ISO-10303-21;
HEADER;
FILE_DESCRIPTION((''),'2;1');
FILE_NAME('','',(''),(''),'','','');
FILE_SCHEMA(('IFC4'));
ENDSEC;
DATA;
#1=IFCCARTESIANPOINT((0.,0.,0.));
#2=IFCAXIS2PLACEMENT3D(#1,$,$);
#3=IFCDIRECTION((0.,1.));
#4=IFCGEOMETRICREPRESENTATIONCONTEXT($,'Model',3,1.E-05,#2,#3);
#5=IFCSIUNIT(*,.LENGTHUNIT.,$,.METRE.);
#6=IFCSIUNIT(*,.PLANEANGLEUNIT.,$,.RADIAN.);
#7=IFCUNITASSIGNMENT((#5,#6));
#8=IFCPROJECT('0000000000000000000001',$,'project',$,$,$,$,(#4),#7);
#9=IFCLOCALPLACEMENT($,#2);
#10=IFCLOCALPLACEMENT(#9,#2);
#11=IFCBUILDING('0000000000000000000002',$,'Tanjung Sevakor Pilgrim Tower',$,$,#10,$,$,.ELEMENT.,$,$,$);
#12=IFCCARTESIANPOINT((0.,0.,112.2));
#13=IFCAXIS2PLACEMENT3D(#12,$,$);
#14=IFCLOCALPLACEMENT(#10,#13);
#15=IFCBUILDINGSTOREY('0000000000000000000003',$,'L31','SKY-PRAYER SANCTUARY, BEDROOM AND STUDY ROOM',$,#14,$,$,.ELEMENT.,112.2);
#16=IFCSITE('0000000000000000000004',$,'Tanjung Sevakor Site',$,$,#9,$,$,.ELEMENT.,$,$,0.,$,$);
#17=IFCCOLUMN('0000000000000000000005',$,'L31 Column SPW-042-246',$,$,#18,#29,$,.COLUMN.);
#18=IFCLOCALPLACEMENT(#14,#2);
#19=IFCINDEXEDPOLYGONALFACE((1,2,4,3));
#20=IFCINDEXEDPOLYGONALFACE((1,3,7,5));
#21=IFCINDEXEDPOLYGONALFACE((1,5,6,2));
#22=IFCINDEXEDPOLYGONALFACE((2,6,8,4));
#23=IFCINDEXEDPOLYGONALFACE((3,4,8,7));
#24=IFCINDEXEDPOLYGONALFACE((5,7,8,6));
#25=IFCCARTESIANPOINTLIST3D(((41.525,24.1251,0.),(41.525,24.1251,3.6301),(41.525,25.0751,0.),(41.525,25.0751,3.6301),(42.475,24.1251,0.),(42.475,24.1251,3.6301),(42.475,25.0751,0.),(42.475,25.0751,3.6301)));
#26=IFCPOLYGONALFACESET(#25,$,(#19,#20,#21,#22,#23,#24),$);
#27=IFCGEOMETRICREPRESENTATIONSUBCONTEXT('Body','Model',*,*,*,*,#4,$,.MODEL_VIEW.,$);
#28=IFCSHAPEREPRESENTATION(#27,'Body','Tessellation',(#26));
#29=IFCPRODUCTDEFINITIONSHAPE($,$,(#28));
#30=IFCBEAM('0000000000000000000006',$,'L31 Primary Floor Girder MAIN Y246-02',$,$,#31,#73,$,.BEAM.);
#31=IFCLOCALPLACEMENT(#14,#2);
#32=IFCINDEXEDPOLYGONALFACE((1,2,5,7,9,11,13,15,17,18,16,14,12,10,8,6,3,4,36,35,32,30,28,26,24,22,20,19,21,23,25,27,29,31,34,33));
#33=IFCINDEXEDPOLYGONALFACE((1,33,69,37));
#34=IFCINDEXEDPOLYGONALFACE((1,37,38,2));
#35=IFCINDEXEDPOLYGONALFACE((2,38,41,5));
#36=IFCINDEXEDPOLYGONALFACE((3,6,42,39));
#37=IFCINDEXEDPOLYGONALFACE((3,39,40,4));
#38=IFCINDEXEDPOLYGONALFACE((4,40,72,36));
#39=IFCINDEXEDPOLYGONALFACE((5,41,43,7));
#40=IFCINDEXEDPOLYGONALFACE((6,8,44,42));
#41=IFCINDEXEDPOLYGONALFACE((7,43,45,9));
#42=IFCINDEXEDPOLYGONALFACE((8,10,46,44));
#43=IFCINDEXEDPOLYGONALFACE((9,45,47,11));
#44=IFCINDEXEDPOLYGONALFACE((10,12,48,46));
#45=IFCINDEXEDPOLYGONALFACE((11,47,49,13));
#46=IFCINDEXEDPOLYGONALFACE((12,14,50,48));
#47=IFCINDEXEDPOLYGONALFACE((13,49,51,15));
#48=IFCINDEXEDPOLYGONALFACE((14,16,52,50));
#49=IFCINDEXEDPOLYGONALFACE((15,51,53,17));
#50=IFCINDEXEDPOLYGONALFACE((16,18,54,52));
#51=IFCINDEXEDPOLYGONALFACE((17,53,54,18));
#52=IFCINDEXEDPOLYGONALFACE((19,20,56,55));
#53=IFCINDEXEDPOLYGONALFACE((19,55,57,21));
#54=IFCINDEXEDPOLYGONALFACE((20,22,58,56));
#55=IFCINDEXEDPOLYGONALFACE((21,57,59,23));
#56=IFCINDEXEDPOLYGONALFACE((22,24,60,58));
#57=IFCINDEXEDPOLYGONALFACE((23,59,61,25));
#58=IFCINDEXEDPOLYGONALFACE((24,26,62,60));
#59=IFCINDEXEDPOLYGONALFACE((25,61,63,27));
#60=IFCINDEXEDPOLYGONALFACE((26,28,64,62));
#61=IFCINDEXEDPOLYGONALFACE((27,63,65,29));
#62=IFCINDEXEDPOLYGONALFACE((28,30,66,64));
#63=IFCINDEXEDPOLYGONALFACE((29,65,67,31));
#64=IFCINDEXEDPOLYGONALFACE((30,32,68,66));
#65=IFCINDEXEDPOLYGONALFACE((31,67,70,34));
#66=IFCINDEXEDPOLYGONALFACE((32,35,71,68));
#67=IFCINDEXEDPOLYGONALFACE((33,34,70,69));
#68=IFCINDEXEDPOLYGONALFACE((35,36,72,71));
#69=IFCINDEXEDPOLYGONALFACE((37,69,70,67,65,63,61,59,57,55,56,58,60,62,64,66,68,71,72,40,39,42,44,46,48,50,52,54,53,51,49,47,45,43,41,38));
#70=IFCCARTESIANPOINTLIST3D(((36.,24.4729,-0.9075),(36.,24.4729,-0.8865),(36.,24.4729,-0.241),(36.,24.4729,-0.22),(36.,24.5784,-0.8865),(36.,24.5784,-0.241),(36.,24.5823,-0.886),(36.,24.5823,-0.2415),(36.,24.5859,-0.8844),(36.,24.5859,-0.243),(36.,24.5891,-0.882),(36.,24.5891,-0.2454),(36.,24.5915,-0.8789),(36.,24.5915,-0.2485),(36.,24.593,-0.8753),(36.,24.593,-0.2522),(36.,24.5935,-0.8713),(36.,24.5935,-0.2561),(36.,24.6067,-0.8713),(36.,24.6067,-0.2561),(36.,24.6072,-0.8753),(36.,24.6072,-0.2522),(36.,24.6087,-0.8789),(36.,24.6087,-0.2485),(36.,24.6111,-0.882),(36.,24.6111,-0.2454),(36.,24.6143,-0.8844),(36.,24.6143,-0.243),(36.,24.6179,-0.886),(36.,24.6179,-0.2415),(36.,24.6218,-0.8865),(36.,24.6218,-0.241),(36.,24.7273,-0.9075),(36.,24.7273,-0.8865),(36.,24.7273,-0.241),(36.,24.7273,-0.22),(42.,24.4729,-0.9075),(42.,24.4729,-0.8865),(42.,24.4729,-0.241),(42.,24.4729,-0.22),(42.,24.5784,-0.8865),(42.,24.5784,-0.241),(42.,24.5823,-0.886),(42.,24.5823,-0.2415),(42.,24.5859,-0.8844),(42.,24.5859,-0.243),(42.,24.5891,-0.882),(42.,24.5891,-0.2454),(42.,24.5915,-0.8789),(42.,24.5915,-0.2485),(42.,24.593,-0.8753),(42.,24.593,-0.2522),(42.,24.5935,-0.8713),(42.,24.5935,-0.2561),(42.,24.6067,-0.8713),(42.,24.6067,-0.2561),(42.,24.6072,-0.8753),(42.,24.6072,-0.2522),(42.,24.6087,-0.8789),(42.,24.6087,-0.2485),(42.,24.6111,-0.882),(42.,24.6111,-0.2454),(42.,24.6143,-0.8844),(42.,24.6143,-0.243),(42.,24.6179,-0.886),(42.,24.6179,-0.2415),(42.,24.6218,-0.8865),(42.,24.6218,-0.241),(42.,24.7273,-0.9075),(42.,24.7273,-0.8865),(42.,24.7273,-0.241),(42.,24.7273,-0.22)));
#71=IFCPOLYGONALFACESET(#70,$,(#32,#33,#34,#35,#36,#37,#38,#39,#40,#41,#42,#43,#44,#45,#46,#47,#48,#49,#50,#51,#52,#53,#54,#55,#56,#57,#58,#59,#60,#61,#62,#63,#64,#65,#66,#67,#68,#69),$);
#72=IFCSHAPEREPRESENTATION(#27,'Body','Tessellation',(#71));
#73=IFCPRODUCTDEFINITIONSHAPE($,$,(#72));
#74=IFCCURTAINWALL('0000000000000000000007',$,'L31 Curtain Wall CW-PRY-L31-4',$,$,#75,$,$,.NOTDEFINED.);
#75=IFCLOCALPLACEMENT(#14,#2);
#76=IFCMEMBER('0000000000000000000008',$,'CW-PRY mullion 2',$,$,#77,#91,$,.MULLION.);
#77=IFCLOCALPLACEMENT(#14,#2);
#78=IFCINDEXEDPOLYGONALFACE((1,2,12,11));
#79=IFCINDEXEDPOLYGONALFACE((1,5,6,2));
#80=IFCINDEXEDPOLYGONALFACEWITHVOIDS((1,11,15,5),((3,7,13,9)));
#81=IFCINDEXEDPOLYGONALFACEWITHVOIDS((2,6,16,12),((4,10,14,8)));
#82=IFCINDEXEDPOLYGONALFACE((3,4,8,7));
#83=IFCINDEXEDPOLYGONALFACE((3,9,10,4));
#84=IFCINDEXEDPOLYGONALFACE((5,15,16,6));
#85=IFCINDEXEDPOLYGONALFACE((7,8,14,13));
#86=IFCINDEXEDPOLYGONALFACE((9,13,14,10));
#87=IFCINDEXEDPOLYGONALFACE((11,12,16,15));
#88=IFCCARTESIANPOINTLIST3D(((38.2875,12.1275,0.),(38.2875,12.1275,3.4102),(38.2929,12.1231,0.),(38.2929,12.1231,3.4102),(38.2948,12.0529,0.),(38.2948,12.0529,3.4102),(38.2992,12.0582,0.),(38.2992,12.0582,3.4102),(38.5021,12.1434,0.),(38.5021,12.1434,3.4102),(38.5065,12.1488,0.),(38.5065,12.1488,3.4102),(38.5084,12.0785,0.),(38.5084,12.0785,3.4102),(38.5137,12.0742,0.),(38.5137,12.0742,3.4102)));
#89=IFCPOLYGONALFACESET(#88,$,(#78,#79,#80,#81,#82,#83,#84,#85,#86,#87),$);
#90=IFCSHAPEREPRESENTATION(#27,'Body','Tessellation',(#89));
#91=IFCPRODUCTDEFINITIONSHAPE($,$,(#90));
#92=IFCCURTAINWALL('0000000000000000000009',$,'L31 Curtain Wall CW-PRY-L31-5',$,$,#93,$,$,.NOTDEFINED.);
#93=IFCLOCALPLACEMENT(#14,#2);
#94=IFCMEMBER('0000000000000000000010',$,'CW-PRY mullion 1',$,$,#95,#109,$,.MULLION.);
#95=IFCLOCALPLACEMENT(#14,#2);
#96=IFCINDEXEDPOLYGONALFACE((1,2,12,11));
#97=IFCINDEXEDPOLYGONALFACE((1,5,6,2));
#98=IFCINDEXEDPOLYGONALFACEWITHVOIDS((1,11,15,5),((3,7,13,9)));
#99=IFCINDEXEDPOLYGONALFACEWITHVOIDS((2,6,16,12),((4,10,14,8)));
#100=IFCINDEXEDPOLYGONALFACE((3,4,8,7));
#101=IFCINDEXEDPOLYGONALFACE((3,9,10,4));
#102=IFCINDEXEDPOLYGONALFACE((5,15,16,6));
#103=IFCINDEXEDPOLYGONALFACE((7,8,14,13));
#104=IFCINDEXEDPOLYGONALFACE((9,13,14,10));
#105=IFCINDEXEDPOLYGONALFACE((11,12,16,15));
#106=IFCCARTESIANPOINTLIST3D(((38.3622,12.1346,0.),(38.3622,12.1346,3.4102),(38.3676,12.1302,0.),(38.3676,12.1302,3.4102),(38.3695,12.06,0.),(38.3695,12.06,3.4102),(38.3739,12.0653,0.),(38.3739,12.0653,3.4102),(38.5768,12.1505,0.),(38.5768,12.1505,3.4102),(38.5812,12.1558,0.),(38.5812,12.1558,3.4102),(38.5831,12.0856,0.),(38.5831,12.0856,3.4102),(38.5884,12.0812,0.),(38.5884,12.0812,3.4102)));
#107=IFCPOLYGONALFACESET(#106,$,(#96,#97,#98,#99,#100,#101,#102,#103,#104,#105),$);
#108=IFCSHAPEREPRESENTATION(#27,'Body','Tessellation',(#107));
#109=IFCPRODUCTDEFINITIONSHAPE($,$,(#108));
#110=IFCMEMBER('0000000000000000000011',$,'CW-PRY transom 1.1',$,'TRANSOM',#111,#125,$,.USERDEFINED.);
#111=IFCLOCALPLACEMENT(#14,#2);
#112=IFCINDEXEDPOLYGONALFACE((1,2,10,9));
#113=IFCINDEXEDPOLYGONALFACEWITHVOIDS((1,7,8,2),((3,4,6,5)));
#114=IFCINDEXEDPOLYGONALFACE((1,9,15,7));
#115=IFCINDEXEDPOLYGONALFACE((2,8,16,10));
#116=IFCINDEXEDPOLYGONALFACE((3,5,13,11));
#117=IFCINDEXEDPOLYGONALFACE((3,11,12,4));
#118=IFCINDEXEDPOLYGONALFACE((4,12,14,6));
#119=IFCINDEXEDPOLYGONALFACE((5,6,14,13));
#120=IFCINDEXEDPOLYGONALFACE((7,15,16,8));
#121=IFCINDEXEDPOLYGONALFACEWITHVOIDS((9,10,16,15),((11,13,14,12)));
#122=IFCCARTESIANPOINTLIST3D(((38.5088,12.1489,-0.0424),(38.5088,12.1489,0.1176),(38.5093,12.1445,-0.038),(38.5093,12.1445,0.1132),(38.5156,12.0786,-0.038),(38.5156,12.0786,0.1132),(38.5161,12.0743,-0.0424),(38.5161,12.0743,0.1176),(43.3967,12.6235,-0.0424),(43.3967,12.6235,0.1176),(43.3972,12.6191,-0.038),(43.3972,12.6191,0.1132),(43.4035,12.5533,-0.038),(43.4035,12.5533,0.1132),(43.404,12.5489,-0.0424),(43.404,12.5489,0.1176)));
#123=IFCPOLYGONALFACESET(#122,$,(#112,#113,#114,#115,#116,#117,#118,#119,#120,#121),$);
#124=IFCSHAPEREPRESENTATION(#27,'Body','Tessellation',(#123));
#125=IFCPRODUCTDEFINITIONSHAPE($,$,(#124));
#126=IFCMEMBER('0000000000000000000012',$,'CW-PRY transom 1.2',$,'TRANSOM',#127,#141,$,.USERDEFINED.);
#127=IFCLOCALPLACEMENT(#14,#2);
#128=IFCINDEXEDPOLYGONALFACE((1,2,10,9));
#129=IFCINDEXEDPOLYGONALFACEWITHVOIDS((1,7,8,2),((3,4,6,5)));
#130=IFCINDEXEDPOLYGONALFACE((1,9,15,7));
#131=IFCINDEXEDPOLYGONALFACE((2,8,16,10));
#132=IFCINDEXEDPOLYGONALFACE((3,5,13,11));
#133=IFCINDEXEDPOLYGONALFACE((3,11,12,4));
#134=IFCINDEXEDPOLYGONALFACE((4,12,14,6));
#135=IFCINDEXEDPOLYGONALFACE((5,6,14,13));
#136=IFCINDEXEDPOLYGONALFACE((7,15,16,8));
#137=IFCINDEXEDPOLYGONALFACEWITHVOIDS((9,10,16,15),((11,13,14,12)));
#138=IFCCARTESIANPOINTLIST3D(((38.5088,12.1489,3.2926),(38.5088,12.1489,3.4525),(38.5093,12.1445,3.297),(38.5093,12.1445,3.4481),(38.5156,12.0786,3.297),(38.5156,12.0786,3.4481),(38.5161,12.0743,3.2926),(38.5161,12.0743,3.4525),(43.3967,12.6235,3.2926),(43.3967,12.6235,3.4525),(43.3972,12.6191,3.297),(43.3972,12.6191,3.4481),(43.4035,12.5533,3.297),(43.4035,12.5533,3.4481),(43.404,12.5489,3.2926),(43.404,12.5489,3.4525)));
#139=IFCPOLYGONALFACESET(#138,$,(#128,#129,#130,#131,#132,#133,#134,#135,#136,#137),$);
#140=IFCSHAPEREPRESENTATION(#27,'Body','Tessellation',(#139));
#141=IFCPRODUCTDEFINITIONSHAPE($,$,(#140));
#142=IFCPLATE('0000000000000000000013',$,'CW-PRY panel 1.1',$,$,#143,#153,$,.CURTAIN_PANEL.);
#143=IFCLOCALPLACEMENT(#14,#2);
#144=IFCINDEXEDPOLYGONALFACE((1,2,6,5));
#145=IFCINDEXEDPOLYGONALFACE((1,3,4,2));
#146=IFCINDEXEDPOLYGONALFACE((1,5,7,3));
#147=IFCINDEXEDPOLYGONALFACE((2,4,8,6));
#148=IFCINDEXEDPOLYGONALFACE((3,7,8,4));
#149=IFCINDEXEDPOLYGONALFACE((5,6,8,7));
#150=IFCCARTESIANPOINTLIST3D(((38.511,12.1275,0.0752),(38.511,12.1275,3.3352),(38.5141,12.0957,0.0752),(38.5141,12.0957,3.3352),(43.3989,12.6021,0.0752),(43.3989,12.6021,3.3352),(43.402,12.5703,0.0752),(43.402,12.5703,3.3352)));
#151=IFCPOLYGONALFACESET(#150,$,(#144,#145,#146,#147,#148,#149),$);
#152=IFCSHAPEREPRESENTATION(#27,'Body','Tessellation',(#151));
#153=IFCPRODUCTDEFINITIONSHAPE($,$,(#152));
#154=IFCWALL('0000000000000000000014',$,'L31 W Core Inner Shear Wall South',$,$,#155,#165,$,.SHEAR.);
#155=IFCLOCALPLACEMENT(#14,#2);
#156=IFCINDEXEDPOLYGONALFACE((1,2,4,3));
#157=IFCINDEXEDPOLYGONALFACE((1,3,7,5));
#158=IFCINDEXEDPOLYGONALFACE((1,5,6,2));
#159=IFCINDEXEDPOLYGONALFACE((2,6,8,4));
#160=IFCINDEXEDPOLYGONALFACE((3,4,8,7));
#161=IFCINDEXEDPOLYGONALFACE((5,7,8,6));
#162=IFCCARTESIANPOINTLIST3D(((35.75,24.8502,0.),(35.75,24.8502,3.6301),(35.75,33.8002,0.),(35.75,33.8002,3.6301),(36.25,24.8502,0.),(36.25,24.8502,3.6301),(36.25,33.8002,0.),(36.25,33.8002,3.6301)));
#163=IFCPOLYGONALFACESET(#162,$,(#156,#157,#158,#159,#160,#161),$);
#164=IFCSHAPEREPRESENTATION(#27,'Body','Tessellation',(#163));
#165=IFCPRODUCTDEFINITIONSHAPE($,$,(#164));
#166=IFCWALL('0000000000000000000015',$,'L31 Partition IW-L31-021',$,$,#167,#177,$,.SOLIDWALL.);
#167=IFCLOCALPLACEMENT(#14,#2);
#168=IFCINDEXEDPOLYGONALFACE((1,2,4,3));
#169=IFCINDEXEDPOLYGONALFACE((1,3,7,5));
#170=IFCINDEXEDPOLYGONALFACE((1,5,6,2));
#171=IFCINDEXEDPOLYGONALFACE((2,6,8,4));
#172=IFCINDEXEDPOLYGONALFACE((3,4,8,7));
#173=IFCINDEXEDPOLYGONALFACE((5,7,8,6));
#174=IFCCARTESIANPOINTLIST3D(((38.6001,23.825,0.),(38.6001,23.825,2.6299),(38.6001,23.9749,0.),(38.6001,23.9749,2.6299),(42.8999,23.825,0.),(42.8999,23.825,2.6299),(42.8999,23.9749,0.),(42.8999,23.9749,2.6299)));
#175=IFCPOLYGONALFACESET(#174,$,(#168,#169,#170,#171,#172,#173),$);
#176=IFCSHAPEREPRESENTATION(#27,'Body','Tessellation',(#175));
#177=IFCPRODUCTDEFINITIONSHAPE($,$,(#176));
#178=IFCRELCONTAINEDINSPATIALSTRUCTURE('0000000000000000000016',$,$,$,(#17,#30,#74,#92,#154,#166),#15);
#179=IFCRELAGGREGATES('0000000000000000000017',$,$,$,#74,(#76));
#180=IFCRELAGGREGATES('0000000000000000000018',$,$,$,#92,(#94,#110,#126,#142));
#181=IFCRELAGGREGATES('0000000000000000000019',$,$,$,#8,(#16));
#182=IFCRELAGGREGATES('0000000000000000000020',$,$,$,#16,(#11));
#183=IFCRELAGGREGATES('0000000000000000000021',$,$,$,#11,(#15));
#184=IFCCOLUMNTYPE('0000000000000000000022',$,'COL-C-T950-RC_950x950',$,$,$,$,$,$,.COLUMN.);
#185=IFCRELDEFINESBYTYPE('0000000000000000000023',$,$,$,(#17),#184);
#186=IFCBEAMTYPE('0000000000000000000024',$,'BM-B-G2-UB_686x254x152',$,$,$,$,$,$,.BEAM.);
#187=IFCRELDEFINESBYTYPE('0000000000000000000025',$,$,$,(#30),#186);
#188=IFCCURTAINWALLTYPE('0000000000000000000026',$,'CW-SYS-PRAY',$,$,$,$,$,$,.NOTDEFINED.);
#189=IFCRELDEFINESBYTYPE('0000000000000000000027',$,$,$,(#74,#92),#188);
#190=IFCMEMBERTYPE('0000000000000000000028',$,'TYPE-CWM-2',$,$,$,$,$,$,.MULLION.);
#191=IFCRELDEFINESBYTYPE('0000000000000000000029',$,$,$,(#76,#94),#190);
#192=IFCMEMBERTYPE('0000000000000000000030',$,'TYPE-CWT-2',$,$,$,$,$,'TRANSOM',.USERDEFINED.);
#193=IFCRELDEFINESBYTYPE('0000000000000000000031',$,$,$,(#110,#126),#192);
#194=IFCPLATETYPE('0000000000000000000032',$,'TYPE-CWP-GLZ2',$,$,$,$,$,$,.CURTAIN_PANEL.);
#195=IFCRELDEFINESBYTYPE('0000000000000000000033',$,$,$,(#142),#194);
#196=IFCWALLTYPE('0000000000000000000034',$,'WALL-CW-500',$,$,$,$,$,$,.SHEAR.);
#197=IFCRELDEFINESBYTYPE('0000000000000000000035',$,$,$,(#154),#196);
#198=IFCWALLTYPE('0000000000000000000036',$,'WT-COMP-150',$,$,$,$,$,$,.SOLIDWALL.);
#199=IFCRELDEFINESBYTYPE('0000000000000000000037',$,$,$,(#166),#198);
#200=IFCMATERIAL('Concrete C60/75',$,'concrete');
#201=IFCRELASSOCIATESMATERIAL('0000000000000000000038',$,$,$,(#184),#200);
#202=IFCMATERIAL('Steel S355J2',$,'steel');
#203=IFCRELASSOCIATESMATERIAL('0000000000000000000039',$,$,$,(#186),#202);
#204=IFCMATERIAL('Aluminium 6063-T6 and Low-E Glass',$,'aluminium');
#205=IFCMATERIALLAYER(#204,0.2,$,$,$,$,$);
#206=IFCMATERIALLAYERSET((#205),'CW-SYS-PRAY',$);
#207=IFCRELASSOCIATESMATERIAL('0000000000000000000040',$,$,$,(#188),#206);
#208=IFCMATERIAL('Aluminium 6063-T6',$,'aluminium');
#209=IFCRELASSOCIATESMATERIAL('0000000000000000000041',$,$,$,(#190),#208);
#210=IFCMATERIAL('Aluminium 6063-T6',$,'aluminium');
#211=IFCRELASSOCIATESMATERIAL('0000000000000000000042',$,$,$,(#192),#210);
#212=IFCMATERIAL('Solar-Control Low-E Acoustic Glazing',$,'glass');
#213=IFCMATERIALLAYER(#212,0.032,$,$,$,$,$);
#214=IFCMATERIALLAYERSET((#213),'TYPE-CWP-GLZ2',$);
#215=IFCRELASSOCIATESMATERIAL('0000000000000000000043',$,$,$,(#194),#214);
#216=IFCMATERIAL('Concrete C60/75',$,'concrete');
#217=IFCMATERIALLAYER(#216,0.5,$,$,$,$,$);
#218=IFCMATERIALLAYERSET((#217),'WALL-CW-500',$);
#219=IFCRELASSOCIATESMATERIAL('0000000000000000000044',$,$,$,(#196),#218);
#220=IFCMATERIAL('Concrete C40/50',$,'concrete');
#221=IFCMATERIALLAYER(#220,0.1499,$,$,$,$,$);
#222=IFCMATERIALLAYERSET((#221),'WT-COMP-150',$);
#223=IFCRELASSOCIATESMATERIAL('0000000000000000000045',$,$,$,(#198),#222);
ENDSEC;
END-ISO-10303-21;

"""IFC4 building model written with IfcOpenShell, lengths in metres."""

from ifc_helpers import new_model, si_unit, direction, frame, frame_2d, origin, origin_2d, place, context, subcontext, project, spatial, rectangle, hollow_rectangle, i_section, extrude, material, layer, layer_set, material_profile, profile_set, type_object, element, aggregate, save


model = new_model("IFC4")

# Units and contexts
model_context = context("Model", 3, precision=1e-05, world=origin(), true_north=direction((0.0, 1.0)))
body_context = subcontext(model_context, "Body", "Model", "MODEL_VIEW")
ifc_project = project(units=[si_unit("LENGTHUNIT", "METRE"), si_unit("PLANEANGLEUNIT", "RADIAN")], contexts=[model_context])

# Site, building, storey
site_placement = place(None, origin())
site = spatial("IfcSite", under=ifc_project, at=site_placement, Name="Tanjung Sevakor Site", CompositionType="ELEMENT", RefElevation=0.0)
building_placement = place(site_placement, origin())
building = spatial("IfcBuilding", under=site, at=building_placement, Name="Tanjung Sevakor Pilgrim Tower", CompositionType="ELEMENT")
storey_placement = place(building_placement, frame((0.0, 0.0, 112.2)))
storey = spatial("IfcBuildingStorey", under=building, at=storey_placement, Name="L31", Description="SKY-PRAYER SANCTUARY, BEDROOM AND STUDY ROOM", CompositionType="ELEMENT", Elevation=112.2)

# Column
ifc_material_1 = material(Name="Concrete C60/75", Category="concrete")
ifc_material_profile_1 = material_profile(ifc_material_1, rectangle(XDim=0.95, YDim=0.95, at=origin_2d()))
ifc_profile_set_1 = profile_set([ifc_material_profile_1], Name="Concrete C60/75")
column_type = type_object("IfcColumnType", Name="COL-C-T950-RC_950x950", PredefinedType="COLUMN", material=ifc_profile_set_1)
column_placement = place(storey_placement, frame((42.0, 24.6001, 0.0), z_axis=(0.0, 0.0, 1.0), x_axis=(1.0, 0.0, 0.0)))
element("IfcColumn", 1, at=column_placement, inside=storey, type_object=column_type, Name="L31 Column SPW-042-246", PredefinedType="COLUMN", context=body_context, shape_type="SweptSolid", body=[
    extrude(rectangle(XDim=0.95, YDim=0.95, at=origin_2d()), origin(), (0.0, 0.0, 1.0), 3.6301),
])

# Beam
ifc_material_2 = material(Name="Steel S355J2", Category="steel")
ifc_material_profile_2 = material_profile(ifc_material_2, i_section(OverallWidth=0.2544, OverallDepth=0.6875, WebThickness=0.0132, FlangeThickness=0.021, FilletRadius=0.0151, at=origin_2d()))
ifc_profile_set_2 = profile_set([ifc_material_profile_2], Name="Steel S355J2")
beam_type = type_object("IfcBeamType", Name="BM-B-G2-UB_686x254x152", PredefinedType="BEAM", material=ifc_profile_set_2)
beam_placement = place(storey_placement, frame((36.0, 24.6001, -0.5637), z_axis=(1.0, 0.0, 0.0), x_axis=(0.0, 1.0, 0.0)))
element("IfcBeam", 2, at=beam_placement, inside=storey, type_object=beam_type, Name="L31 Primary Floor Girder MAIN Y246-02", PredefinedType="BEAM", context=body_context, shape_type="SweptSolid", body=[
    extrude(i_section(OverallWidth=0.2544, OverallDepth=0.6875, WebThickness=0.0132, FlangeThickness=0.021, FilletRadius=0.0151, at=origin_2d()), origin(), (0.0, 0.0, 1.0), 6.0),
])

# Curtain wall, member
ifc_material_3 = material(Name="Aluminium 6063-T6 and Low-E Glass", Category="aluminium")
ifc_layer_1 = layer(ifc_material_3, 0.2)
ifc_layer_set_1 = layer_set([ifc_layer_1], Name="CW-SYS-PRAY")
curtain_wall_type = type_object("IfcCurtainWallType", Name="CW-SYS-PRAY", PredefinedType="NOTDEFINED", material=ifc_layer_set_1)
curtain_wall_1_placement = place(storey_placement, origin())
curtain_wall_1 = element("IfcCurtainWall", 3, at=curtain_wall_1_placement, inside=storey, type_object=curtain_wall_type, Name="L31 Curtain Wall CW-PRY-L31-4", PredefinedType="NOTDEFINED")
ifc_material_4 = material(Name="Aluminium 6063-T6", Category="aluminium")
ifc_material_profile_3 = material_profile(ifc_material_4, hollow_rectangle(XDim=0.075, YDim=0.22, WallThickness=0.0049, at=origin_2d()))
ifc_profile_set_3 = profile_set([ifc_material_profile_3], Name="Aluminium 6063-T6")
member_type_1 = type_object("IfcMemberType", Name="TYPE-CWM-2", PredefinedType="MULLION", material=ifc_profile_set_3)
member_1_placement = place(storey_placement, frame((38.4006, 12.1008, 0.0), z_axis=(0.0, 0.0, 1.0), x_axis=(-0.096628, 0.995321, 0.0)))
member_1 = element("IfcMember", 4, at=member_1_placement, type_object=member_type_1, Name="CW-PRY mullion 2", PredefinedType="MULLION", context=body_context, shape_type="SweptSolid", body=[
    extrude(hollow_rectangle(XDim=0.075, YDim=0.22, WallThickness=0.0049, at=origin_2d()), origin(), (0.0, 0.0, 1.0), 3.4102),
])
aggregate(curtain_wall_1, [member_1])

# Curtain wall, members, plate
curtain_wall_2_placement = place(storey_placement, origin())
curtain_wall_2 = element("IfcCurtainWall", 5, at=curtain_wall_2_placement, inside=storey, type_object=curtain_wall_type, Name="L31 Curtain Wall CW-PRY-L31-5", PredefinedType="NOTDEFINED")
member_2_placement = place(storey_placement, frame((38.4753, 12.1079, 0.0), z_axis=(0.0, 0.0, 1.0), x_axis=(-0.096645, 0.995319, 0.0)))
member_2 = element("IfcMember", 6, at=member_2_placement, type_object=member_type_1, Name="CW-PRY mullion 1", PredefinedType="MULLION", context=body_context, shape_type="SweptSolid", body=[
    extrude(hollow_rectangle(XDim=0.075, YDim=0.22, WallThickness=0.0049, at=origin_2d()), origin(), (0.0, 0.0, 1.0), 3.4102),
])
ifc_material_5 = material(Name="Aluminium 6063-T6", Category="aluminium")
ifc_material_profile_4 = material_profile(ifc_material_5, hollow_rectangle(XDim=0.075, YDim=0.1599, WallThickness=0.0044, at=origin_2d()))
ifc_profile_set_4 = profile_set([ifc_material_profile_4], Name="Aluminium 6063-T6")
member_type_2 = type_object("IfcMemberType", Name="TYPE-CWT-2", ElementType="TRANSOM", PredefinedType="USERDEFINED", material=ifc_profile_set_4)
member_3_placement = place(storey_placement, frame((38.5125, 12.1116, 0.0376), z_axis=(0.995319, 0.096644, 0.0), x_axis=(-0.096644, 0.995319, 0.0)))
member_3 = element("IfcMember", 7, at=member_3_placement, type_object=member_type_2, Name="CW-PRY transom 1.1", ObjectType="TRANSOM", PredefinedType="USERDEFINED", context=body_context, shape_type="SweptSolid", body=[
    extrude(hollow_rectangle(XDim=0.075, YDim=0.1599, WallThickness=0.0044, at=origin_2d()), origin(), (0.0, 0.0, 1.0), 4.9109),
])
member_4_placement = place(storey_placement, frame((38.5125, 12.1116, 3.3726), z_axis=(0.995319, 0.096644, 0.0), x_axis=(-0.096644, 0.995319, 0.0)))
member_4 = element("IfcMember", 8, at=member_4_placement, type_object=member_type_2, Name="CW-PRY transom 1.2", ObjectType="TRANSOM", PredefinedType="USERDEFINED", context=body_context, shape_type="SweptSolid", body=[
    extrude(hollow_rectangle(XDim=0.075, YDim=0.1599, WallThickness=0.0044, at=origin_2d()), origin(), (0.0, 0.0, 1.0), 4.9109),
])
ifc_material_6 = material(Name="Solar-Control Low-E Acoustic Glazing", Category="glass")
ifc_layer_2 = layer(ifc_material_6, 0.032)
ifc_layer_set_2 = layer_set([ifc_layer_2], Name="TYPE-CWP-GLZ2")
plate_type = type_object("IfcPlateType", Name="TYPE-CWP-GLZ2", PredefinedType="CURTAIN_PANEL", material=ifc_layer_set_2)
plate_placement = place(storey_placement, frame((40.9565, 12.3489, 0.0752), z_axis=(0.0, 0.0, 1.0), x_axis=(0.995319, 0.096645, 0.0)))
plate = element("IfcPlate", 9, at=plate_placement, type_object=plate_type, Name="CW-PRY panel 1.1", PredefinedType="CURTAIN_PANEL", context=body_context, shape_type="SweptSolid", body=[
    extrude(rectangle(XDim=4.9109, YDim=0.032, at=origin_2d()), origin(), (0.0, 0.0, 1.0), 3.26),
])
aggregate(curtain_wall_2, [member_2, member_3, member_4, plate])

# Wall
ifc_material_7 = material(Name="Concrete C60/75", Category="concrete")
ifc_layer_3 = layer(ifc_material_7, 0.5)
ifc_layer_set_3 = layer_set([ifc_layer_3], Name="WALL-CW-500")
wall_type_1 = type_object("IfcWallType", Name="WALL-CW-500", PredefinedType="SHEAR", material=ifc_layer_set_3)
wall_1_placement = place(storey_placement, frame((36.0, 24.8501, 0.0), z_axis=(0.0, 0.0, 1.0), x_axis=(0.0, 1.0, 0.0)))
element("IfcWall", 10, at=wall_1_placement, inside=storey, type_object=wall_type_1, Name="L31 W Core Inner Shear Wall South", PredefinedType="SHEAR", context=body_context, shape_type="SweptSolid", body=[
    extrude(rectangle(XDim=8.95, YDim=0.5, at=frame_2d((4.4751, 0.0))), origin(), (0.0, 0.0, 1.0), 3.6301),
])

# Shared definitions
ifc_material_8 = material(Name="Concrete C40/50", Category="concrete")
ifc_layer_4 = layer(ifc_material_8, 0.1499)
ifc_layer_set_4 = layer_set([ifc_layer_4], Name="WT-COMP-150")
wall_type_2 = type_object("IfcWallType", Name="WT-COMP-150", PredefinedType="SOLIDWALL", material=ifc_layer_set_4)

# Wall
wall_2_placement = place(storey_placement, frame((38.6001, 23.8999, 0.0), z_axis=(0.0, 0.0, 1.0), x_axis=(1.0, 0.0, 0.0)))
element("IfcWall", 11, at=wall_2_placement, inside=storey, type_object=wall_type_2, Name="L31 Partition IW-L31-021", PredefinedType="SOLIDWALL", context=body_context, shape_type="SweptSolid", body=[
    extrude(rectangle(XDim=4.2998, YDim=0.1499, at=frame_2d((2.1499, 0.0))), origin(), (0.0, 0.0, 1.0), 2.6299),
])

save(model, "model.ifc")
